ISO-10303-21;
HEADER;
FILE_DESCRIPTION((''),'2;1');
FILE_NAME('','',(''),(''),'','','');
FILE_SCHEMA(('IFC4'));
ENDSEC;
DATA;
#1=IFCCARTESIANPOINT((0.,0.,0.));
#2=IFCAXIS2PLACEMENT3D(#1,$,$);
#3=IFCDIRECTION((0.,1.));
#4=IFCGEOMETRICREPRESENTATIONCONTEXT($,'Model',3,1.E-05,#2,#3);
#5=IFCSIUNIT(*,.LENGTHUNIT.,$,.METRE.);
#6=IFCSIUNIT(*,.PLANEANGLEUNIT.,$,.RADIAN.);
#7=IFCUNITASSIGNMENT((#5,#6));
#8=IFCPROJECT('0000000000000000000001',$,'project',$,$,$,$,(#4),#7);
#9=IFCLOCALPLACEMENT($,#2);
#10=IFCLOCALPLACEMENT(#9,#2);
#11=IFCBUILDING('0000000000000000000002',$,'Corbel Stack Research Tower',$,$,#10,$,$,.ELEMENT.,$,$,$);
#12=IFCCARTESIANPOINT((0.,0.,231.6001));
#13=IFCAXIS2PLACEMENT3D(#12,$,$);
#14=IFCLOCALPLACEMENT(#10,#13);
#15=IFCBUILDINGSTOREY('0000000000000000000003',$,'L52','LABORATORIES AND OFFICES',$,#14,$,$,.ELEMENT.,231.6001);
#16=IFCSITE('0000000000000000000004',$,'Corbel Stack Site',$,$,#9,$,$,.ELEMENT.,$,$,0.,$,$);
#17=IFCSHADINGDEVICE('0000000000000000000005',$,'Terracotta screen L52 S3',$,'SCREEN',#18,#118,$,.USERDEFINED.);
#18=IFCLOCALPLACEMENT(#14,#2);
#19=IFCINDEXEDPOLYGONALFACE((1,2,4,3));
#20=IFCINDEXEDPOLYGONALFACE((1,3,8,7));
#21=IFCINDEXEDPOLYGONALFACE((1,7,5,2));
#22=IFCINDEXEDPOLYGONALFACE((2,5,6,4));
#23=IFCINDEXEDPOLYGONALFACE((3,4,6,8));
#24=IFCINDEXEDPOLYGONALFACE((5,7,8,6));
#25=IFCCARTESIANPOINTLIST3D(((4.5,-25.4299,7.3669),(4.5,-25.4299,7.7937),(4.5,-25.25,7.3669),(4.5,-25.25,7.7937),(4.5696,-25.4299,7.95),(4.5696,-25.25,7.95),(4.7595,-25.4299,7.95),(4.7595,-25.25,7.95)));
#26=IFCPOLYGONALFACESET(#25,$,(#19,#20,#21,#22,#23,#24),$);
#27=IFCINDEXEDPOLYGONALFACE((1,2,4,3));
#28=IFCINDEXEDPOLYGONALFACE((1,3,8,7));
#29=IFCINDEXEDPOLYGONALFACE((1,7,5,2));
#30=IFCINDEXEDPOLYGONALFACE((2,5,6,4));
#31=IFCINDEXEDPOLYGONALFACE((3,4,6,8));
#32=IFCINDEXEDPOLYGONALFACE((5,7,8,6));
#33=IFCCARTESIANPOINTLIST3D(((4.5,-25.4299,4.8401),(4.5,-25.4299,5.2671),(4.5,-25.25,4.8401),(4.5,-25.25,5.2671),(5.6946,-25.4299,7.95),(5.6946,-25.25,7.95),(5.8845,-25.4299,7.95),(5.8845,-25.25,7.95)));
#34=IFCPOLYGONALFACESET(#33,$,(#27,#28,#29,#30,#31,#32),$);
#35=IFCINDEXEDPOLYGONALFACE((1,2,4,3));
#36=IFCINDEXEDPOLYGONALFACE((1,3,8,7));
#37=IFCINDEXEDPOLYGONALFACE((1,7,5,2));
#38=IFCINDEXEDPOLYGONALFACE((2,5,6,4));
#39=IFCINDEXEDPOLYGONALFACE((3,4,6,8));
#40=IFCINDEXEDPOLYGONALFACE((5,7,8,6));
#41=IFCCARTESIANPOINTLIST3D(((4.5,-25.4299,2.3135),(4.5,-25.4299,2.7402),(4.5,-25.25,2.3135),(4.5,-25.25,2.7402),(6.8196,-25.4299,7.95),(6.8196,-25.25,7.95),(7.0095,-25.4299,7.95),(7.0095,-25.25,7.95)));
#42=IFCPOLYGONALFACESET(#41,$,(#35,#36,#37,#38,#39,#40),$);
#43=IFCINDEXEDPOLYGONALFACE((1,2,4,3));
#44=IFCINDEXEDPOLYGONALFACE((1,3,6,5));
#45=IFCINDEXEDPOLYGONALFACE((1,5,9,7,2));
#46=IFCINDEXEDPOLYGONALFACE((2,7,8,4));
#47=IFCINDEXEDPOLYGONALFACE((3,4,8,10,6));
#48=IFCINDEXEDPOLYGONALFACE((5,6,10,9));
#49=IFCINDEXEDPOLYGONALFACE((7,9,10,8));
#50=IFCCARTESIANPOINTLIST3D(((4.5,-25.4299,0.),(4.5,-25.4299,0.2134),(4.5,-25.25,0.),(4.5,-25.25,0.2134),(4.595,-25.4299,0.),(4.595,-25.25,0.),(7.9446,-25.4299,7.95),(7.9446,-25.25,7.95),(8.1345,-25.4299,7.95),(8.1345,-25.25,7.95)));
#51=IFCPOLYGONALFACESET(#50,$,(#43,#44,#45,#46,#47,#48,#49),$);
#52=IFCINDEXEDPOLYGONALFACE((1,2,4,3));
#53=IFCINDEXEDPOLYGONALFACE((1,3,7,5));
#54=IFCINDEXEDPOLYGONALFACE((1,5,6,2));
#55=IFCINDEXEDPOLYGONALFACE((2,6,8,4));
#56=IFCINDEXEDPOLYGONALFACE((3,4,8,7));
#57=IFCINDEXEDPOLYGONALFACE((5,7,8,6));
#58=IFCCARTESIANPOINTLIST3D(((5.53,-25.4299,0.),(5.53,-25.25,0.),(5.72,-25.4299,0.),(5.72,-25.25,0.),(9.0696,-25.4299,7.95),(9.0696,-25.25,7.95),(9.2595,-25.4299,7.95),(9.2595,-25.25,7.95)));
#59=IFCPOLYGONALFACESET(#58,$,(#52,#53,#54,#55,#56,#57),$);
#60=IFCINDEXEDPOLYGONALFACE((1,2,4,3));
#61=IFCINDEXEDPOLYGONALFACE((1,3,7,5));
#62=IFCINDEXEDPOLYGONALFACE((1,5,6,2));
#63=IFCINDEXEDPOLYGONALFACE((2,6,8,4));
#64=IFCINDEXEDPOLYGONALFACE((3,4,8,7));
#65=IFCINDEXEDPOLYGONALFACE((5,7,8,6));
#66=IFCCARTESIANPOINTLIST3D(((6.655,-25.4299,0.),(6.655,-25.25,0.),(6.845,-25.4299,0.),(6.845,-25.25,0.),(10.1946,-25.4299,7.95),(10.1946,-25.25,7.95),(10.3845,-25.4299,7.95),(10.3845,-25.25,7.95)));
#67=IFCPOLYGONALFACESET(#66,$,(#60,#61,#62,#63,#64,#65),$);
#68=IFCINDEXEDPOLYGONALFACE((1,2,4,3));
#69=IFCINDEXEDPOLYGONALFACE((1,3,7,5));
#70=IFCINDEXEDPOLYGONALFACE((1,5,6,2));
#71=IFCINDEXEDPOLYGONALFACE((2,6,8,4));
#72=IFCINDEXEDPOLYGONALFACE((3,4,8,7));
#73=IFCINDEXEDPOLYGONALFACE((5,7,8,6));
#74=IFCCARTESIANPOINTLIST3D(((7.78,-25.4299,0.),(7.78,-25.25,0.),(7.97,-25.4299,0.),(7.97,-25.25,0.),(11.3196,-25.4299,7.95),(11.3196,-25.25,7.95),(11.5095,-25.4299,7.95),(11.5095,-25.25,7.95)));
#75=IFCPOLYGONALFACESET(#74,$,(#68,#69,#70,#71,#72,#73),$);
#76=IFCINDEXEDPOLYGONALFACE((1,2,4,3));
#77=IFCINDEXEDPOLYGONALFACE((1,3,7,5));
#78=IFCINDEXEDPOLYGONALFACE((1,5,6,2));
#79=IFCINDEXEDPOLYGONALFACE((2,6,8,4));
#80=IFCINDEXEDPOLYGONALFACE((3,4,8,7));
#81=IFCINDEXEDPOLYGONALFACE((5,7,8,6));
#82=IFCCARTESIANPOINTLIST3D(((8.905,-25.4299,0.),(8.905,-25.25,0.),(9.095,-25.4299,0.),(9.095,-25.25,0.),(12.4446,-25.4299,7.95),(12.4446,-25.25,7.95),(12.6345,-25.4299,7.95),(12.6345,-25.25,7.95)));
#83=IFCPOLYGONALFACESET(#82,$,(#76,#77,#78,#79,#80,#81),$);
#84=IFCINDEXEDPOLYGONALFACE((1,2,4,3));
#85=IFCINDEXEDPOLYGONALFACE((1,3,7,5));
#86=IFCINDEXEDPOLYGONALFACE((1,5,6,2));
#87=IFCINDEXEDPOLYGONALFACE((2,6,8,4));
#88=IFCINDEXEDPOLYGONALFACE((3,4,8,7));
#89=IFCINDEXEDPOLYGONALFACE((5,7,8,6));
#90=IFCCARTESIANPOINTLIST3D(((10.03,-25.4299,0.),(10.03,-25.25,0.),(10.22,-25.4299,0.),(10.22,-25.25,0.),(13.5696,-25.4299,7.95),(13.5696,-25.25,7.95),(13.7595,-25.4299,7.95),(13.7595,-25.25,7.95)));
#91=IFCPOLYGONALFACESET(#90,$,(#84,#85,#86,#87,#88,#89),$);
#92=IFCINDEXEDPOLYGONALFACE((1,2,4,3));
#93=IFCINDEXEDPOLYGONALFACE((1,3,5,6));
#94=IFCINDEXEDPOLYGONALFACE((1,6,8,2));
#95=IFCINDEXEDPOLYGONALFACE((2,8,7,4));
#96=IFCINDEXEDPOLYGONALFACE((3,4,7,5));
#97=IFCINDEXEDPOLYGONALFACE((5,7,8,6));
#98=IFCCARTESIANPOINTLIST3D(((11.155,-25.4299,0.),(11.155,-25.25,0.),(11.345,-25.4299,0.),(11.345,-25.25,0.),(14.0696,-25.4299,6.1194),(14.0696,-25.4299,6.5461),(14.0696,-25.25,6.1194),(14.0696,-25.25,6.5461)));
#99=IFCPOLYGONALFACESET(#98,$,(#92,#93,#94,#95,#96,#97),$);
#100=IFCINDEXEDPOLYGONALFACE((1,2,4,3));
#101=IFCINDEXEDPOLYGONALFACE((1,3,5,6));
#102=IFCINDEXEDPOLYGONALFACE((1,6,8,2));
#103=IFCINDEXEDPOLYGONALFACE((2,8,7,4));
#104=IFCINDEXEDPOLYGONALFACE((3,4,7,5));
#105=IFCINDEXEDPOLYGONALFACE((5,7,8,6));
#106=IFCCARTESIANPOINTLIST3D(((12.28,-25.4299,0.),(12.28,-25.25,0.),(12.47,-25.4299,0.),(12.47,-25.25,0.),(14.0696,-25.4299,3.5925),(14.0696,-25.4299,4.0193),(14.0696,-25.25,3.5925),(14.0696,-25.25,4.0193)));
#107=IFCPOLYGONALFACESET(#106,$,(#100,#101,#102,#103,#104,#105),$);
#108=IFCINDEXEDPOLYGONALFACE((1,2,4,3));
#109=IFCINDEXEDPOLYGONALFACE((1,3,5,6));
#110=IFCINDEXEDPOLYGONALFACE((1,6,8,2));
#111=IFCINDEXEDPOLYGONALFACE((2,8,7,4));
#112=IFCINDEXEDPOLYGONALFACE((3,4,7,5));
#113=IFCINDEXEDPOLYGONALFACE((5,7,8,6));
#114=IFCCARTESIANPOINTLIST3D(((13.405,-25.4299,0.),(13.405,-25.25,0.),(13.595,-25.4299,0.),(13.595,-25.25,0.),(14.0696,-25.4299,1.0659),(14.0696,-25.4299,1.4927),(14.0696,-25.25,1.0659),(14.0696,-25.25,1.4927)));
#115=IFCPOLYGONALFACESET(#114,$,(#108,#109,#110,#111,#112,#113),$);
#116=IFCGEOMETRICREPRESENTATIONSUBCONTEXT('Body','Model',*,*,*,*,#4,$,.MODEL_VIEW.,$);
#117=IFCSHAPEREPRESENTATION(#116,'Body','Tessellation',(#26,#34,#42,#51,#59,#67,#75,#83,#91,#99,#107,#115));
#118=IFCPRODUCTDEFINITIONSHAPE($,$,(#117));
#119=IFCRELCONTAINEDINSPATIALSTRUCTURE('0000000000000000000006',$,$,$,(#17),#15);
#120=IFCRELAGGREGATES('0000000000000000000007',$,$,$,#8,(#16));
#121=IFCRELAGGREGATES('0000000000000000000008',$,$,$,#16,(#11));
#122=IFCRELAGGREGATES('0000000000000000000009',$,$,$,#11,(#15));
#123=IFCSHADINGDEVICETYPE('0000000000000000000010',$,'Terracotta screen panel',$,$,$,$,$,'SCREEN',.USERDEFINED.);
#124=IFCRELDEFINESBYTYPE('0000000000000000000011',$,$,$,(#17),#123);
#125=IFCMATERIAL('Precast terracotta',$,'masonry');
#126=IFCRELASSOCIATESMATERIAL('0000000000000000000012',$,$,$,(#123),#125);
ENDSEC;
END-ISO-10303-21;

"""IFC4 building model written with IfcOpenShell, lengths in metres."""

from ifc_helpers import new_model, si_unit, direction, frame, origin, place, context, subcontext, project, spatial, polyline, outline, extrude, source, transform, mapped, material, type_object, element, save


model = new_model("IFC4")

# Units and contexts
model_context = context("Model", 3, precision=1e-05, world=origin(), true_north=direction((0.0, 1.0)))
body_context = subcontext(model_context, "Body", "Model", "MODEL_VIEW")
ifc_project = project(units=[si_unit("LENGTHUNIT", "METRE"), si_unit("PLANEANGLEUNIT", "RADIAN")], contexts=[model_context])

# Site, building, storey
site_placement = place(None, origin())
site = spatial("IfcSite", under=ifc_project, at=site_placement, Name="Corbel Stack Site", CompositionType="ELEMENT", RefElevation=0.0)
building_placement = place(site_placement, origin())
building = spatial("IfcBuilding", under=site, at=building_placement, Name="Corbel Stack Research Tower", CompositionType="ELEMENT")
storey_placement = place(building_placement, frame((0.0, 0.0, 231.6001)))
storey = spatial("IfcBuildingStorey", under=building, at=storey_placement, Name="L52", Description="LABORATORIES AND OFFICES", CompositionType="ELEMENT", Elevation=231.6001)

# Shading device
ifc_material_1 = material(Name="Precast terracotta", Category="masonry")
shading_device_type = type_object("IfcShadingDeviceType", Name="Terracotta screen panel", ElementType="SCREEN", PredefinedType="USERDEFINED", material=ifc_material_1)
shared_shape_1 = source(origin(), body_context, "Body", "SweptSolid", [
    extrude(outline(polyline([(0.2595, 7.95), (0.0696, 7.95), (0.0, 7.7937), (0.0, 7.3669), (0.2595, 7.95)])), frame((0.0, 0.0, 0.0), z_axis=(0.0, -1.0, 0.0), x_axis=(1.0, 0.0, 0.0)), (0.0, 0.0, 1.0), 0.1799),
    extrude(outline(polyline([(1.3845, 7.95), (1.1946, 7.95), (0.0, 5.2671), (0.0, 4.8401), (1.3845, 7.95)])), frame((0.0, 0.0, 0.0), z_axis=(0.0, -1.0, 0.0), x_axis=(1.0, 0.0, 0.0)), (0.0, 0.0, 1.0), 0.1799),
    extrude(outline(polyline([(2.5095, 7.95), (2.3196, 7.95), (0.0, 2.7402), (0.0, 2.3135), (2.5095, 7.95)])), frame((0.0, 0.0, 0.0), z_axis=(0.0, -1.0, 0.0), x_axis=(1.0, 0.0, 0.0)), (0.0, 0.0, 1.0), 0.1799),
    extrude(outline(polyline([(0.095, 0.0), (3.6345, 7.95), (3.4446, 7.95), (0.0, 0.2134), (0.0, 0.0), (0.095, 0.0)])), frame((0.0, 0.0, 0.0), z_axis=(0.0, -1.0, 0.0), x_axis=(1.0, 0.0, 0.0)), (0.0, 0.0, 1.0), 0.1799),
    extrude(outline(polyline([(1.22, 0.0), (4.7595, 7.95), (4.5696, 7.95), (1.03, 0.0), (1.22, 0.0)])), frame((0.0, 0.0, 0.0), z_axis=(0.0, -1.0, 0.0), x_axis=(1.0, 0.0, 0.0)), (0.0, 0.0, 1.0), 0.1799),
    extrude(outline(polyline([(2.345, 0.0), (5.8845, 7.95), (5.6946, 7.95), (2.155, 0.0), (2.345, 0.0)])), frame((0.0, 0.0, 0.0), z_axis=(0.0, -1.0, 0.0), x_axis=(1.0, 0.0, 0.0)), (0.0, 0.0, 1.0), 0.1799),
    extrude(outline(polyline([(3.47, 0.0), (7.0095, 7.95), (6.8196, 7.95), (3.28, 0.0), (3.47, 0.0)])), frame((0.0, 0.0, 0.0), z_axis=(0.0, -1.0, 0.0), x_axis=(1.0, 0.0, 0.0)), (0.0, 0.0, 1.0), 0.1799),
    extrude(outline(polyline([(4.595, 0.0), (8.1345, 7.95), (7.9446, 7.95), (4.405, 0.0), (4.595, 0.0)])), frame((0.0, 0.0, 0.0), z_axis=(0.0, -1.0, 0.0), x_axis=(1.0, 0.0, 0.0)), (0.0, 0.0, 1.0), 0.1799),
    extrude(outline(polyline([(5.72, 0.0), (9.2595, 7.95), (9.0696, 7.95), (5.53, 0.0), (5.72, 0.0)])), frame((0.0, 0.0, 0.0), z_axis=(0.0, -1.0, 0.0), x_axis=(1.0, 0.0, 0.0)), (0.0, 0.0, 1.0), 0.1799),
    extrude(outline(polyline([(6.845, 0.0), (9.5696, 6.1194), (9.5696, 6.5461), (6.655, 0.0), (6.845, 0.0)])), frame((0.0, 0.0, 0.0), z_axis=(0.0, -1.0, 0.0), x_axis=(1.0, 0.0, 0.0)), (0.0, 0.0, 1.0), 0.1799),
    extrude(outline(polyline([(7.97, 0.0), (9.5696, 3.5925), (9.5696, 4.0193), (7.78, 0.0), (7.97, 0.0)])), frame((0.0, 0.0, 0.0), z_axis=(0.0, -1.0, 0.0), x_axis=(1.0, 0.0, 0.0)), (0.0, 0.0, 1.0), 0.1799),
    extrude(outline(polyline([(9.095, 0.0), (9.5696, 1.0659), (9.5696, 1.4927), (8.905, 0.0), (9.095, 0.0)])), frame((0.0, 0.0, 0.0), z_axis=(0.0, -1.0, 0.0), x_axis=(1.0, 0.0, 0.0)), (0.0, 0.0, 1.0), 0.1799),
])
shading_device_1_placement = place(storey_placement, frame((4.5, -25.25, 0.0), z_axis=(0.0, 0.0, 1.0), x_axis=(1.0, 0.0, 0.0)))
element("IfcShadingDevice", 1, at=shading_device_1_placement, inside=storey, type_object=shading_device_type, Name="Terracotta screen L52 S3", ObjectType="SCREEN", PredefinedType="USERDEFINED", context=body_context, shape_type="MappedRepresentation", body=[
    mapped(shared_shape_1, transform((0.0, 0.0, 0.0))),
])

save(model, "model.ifc")
